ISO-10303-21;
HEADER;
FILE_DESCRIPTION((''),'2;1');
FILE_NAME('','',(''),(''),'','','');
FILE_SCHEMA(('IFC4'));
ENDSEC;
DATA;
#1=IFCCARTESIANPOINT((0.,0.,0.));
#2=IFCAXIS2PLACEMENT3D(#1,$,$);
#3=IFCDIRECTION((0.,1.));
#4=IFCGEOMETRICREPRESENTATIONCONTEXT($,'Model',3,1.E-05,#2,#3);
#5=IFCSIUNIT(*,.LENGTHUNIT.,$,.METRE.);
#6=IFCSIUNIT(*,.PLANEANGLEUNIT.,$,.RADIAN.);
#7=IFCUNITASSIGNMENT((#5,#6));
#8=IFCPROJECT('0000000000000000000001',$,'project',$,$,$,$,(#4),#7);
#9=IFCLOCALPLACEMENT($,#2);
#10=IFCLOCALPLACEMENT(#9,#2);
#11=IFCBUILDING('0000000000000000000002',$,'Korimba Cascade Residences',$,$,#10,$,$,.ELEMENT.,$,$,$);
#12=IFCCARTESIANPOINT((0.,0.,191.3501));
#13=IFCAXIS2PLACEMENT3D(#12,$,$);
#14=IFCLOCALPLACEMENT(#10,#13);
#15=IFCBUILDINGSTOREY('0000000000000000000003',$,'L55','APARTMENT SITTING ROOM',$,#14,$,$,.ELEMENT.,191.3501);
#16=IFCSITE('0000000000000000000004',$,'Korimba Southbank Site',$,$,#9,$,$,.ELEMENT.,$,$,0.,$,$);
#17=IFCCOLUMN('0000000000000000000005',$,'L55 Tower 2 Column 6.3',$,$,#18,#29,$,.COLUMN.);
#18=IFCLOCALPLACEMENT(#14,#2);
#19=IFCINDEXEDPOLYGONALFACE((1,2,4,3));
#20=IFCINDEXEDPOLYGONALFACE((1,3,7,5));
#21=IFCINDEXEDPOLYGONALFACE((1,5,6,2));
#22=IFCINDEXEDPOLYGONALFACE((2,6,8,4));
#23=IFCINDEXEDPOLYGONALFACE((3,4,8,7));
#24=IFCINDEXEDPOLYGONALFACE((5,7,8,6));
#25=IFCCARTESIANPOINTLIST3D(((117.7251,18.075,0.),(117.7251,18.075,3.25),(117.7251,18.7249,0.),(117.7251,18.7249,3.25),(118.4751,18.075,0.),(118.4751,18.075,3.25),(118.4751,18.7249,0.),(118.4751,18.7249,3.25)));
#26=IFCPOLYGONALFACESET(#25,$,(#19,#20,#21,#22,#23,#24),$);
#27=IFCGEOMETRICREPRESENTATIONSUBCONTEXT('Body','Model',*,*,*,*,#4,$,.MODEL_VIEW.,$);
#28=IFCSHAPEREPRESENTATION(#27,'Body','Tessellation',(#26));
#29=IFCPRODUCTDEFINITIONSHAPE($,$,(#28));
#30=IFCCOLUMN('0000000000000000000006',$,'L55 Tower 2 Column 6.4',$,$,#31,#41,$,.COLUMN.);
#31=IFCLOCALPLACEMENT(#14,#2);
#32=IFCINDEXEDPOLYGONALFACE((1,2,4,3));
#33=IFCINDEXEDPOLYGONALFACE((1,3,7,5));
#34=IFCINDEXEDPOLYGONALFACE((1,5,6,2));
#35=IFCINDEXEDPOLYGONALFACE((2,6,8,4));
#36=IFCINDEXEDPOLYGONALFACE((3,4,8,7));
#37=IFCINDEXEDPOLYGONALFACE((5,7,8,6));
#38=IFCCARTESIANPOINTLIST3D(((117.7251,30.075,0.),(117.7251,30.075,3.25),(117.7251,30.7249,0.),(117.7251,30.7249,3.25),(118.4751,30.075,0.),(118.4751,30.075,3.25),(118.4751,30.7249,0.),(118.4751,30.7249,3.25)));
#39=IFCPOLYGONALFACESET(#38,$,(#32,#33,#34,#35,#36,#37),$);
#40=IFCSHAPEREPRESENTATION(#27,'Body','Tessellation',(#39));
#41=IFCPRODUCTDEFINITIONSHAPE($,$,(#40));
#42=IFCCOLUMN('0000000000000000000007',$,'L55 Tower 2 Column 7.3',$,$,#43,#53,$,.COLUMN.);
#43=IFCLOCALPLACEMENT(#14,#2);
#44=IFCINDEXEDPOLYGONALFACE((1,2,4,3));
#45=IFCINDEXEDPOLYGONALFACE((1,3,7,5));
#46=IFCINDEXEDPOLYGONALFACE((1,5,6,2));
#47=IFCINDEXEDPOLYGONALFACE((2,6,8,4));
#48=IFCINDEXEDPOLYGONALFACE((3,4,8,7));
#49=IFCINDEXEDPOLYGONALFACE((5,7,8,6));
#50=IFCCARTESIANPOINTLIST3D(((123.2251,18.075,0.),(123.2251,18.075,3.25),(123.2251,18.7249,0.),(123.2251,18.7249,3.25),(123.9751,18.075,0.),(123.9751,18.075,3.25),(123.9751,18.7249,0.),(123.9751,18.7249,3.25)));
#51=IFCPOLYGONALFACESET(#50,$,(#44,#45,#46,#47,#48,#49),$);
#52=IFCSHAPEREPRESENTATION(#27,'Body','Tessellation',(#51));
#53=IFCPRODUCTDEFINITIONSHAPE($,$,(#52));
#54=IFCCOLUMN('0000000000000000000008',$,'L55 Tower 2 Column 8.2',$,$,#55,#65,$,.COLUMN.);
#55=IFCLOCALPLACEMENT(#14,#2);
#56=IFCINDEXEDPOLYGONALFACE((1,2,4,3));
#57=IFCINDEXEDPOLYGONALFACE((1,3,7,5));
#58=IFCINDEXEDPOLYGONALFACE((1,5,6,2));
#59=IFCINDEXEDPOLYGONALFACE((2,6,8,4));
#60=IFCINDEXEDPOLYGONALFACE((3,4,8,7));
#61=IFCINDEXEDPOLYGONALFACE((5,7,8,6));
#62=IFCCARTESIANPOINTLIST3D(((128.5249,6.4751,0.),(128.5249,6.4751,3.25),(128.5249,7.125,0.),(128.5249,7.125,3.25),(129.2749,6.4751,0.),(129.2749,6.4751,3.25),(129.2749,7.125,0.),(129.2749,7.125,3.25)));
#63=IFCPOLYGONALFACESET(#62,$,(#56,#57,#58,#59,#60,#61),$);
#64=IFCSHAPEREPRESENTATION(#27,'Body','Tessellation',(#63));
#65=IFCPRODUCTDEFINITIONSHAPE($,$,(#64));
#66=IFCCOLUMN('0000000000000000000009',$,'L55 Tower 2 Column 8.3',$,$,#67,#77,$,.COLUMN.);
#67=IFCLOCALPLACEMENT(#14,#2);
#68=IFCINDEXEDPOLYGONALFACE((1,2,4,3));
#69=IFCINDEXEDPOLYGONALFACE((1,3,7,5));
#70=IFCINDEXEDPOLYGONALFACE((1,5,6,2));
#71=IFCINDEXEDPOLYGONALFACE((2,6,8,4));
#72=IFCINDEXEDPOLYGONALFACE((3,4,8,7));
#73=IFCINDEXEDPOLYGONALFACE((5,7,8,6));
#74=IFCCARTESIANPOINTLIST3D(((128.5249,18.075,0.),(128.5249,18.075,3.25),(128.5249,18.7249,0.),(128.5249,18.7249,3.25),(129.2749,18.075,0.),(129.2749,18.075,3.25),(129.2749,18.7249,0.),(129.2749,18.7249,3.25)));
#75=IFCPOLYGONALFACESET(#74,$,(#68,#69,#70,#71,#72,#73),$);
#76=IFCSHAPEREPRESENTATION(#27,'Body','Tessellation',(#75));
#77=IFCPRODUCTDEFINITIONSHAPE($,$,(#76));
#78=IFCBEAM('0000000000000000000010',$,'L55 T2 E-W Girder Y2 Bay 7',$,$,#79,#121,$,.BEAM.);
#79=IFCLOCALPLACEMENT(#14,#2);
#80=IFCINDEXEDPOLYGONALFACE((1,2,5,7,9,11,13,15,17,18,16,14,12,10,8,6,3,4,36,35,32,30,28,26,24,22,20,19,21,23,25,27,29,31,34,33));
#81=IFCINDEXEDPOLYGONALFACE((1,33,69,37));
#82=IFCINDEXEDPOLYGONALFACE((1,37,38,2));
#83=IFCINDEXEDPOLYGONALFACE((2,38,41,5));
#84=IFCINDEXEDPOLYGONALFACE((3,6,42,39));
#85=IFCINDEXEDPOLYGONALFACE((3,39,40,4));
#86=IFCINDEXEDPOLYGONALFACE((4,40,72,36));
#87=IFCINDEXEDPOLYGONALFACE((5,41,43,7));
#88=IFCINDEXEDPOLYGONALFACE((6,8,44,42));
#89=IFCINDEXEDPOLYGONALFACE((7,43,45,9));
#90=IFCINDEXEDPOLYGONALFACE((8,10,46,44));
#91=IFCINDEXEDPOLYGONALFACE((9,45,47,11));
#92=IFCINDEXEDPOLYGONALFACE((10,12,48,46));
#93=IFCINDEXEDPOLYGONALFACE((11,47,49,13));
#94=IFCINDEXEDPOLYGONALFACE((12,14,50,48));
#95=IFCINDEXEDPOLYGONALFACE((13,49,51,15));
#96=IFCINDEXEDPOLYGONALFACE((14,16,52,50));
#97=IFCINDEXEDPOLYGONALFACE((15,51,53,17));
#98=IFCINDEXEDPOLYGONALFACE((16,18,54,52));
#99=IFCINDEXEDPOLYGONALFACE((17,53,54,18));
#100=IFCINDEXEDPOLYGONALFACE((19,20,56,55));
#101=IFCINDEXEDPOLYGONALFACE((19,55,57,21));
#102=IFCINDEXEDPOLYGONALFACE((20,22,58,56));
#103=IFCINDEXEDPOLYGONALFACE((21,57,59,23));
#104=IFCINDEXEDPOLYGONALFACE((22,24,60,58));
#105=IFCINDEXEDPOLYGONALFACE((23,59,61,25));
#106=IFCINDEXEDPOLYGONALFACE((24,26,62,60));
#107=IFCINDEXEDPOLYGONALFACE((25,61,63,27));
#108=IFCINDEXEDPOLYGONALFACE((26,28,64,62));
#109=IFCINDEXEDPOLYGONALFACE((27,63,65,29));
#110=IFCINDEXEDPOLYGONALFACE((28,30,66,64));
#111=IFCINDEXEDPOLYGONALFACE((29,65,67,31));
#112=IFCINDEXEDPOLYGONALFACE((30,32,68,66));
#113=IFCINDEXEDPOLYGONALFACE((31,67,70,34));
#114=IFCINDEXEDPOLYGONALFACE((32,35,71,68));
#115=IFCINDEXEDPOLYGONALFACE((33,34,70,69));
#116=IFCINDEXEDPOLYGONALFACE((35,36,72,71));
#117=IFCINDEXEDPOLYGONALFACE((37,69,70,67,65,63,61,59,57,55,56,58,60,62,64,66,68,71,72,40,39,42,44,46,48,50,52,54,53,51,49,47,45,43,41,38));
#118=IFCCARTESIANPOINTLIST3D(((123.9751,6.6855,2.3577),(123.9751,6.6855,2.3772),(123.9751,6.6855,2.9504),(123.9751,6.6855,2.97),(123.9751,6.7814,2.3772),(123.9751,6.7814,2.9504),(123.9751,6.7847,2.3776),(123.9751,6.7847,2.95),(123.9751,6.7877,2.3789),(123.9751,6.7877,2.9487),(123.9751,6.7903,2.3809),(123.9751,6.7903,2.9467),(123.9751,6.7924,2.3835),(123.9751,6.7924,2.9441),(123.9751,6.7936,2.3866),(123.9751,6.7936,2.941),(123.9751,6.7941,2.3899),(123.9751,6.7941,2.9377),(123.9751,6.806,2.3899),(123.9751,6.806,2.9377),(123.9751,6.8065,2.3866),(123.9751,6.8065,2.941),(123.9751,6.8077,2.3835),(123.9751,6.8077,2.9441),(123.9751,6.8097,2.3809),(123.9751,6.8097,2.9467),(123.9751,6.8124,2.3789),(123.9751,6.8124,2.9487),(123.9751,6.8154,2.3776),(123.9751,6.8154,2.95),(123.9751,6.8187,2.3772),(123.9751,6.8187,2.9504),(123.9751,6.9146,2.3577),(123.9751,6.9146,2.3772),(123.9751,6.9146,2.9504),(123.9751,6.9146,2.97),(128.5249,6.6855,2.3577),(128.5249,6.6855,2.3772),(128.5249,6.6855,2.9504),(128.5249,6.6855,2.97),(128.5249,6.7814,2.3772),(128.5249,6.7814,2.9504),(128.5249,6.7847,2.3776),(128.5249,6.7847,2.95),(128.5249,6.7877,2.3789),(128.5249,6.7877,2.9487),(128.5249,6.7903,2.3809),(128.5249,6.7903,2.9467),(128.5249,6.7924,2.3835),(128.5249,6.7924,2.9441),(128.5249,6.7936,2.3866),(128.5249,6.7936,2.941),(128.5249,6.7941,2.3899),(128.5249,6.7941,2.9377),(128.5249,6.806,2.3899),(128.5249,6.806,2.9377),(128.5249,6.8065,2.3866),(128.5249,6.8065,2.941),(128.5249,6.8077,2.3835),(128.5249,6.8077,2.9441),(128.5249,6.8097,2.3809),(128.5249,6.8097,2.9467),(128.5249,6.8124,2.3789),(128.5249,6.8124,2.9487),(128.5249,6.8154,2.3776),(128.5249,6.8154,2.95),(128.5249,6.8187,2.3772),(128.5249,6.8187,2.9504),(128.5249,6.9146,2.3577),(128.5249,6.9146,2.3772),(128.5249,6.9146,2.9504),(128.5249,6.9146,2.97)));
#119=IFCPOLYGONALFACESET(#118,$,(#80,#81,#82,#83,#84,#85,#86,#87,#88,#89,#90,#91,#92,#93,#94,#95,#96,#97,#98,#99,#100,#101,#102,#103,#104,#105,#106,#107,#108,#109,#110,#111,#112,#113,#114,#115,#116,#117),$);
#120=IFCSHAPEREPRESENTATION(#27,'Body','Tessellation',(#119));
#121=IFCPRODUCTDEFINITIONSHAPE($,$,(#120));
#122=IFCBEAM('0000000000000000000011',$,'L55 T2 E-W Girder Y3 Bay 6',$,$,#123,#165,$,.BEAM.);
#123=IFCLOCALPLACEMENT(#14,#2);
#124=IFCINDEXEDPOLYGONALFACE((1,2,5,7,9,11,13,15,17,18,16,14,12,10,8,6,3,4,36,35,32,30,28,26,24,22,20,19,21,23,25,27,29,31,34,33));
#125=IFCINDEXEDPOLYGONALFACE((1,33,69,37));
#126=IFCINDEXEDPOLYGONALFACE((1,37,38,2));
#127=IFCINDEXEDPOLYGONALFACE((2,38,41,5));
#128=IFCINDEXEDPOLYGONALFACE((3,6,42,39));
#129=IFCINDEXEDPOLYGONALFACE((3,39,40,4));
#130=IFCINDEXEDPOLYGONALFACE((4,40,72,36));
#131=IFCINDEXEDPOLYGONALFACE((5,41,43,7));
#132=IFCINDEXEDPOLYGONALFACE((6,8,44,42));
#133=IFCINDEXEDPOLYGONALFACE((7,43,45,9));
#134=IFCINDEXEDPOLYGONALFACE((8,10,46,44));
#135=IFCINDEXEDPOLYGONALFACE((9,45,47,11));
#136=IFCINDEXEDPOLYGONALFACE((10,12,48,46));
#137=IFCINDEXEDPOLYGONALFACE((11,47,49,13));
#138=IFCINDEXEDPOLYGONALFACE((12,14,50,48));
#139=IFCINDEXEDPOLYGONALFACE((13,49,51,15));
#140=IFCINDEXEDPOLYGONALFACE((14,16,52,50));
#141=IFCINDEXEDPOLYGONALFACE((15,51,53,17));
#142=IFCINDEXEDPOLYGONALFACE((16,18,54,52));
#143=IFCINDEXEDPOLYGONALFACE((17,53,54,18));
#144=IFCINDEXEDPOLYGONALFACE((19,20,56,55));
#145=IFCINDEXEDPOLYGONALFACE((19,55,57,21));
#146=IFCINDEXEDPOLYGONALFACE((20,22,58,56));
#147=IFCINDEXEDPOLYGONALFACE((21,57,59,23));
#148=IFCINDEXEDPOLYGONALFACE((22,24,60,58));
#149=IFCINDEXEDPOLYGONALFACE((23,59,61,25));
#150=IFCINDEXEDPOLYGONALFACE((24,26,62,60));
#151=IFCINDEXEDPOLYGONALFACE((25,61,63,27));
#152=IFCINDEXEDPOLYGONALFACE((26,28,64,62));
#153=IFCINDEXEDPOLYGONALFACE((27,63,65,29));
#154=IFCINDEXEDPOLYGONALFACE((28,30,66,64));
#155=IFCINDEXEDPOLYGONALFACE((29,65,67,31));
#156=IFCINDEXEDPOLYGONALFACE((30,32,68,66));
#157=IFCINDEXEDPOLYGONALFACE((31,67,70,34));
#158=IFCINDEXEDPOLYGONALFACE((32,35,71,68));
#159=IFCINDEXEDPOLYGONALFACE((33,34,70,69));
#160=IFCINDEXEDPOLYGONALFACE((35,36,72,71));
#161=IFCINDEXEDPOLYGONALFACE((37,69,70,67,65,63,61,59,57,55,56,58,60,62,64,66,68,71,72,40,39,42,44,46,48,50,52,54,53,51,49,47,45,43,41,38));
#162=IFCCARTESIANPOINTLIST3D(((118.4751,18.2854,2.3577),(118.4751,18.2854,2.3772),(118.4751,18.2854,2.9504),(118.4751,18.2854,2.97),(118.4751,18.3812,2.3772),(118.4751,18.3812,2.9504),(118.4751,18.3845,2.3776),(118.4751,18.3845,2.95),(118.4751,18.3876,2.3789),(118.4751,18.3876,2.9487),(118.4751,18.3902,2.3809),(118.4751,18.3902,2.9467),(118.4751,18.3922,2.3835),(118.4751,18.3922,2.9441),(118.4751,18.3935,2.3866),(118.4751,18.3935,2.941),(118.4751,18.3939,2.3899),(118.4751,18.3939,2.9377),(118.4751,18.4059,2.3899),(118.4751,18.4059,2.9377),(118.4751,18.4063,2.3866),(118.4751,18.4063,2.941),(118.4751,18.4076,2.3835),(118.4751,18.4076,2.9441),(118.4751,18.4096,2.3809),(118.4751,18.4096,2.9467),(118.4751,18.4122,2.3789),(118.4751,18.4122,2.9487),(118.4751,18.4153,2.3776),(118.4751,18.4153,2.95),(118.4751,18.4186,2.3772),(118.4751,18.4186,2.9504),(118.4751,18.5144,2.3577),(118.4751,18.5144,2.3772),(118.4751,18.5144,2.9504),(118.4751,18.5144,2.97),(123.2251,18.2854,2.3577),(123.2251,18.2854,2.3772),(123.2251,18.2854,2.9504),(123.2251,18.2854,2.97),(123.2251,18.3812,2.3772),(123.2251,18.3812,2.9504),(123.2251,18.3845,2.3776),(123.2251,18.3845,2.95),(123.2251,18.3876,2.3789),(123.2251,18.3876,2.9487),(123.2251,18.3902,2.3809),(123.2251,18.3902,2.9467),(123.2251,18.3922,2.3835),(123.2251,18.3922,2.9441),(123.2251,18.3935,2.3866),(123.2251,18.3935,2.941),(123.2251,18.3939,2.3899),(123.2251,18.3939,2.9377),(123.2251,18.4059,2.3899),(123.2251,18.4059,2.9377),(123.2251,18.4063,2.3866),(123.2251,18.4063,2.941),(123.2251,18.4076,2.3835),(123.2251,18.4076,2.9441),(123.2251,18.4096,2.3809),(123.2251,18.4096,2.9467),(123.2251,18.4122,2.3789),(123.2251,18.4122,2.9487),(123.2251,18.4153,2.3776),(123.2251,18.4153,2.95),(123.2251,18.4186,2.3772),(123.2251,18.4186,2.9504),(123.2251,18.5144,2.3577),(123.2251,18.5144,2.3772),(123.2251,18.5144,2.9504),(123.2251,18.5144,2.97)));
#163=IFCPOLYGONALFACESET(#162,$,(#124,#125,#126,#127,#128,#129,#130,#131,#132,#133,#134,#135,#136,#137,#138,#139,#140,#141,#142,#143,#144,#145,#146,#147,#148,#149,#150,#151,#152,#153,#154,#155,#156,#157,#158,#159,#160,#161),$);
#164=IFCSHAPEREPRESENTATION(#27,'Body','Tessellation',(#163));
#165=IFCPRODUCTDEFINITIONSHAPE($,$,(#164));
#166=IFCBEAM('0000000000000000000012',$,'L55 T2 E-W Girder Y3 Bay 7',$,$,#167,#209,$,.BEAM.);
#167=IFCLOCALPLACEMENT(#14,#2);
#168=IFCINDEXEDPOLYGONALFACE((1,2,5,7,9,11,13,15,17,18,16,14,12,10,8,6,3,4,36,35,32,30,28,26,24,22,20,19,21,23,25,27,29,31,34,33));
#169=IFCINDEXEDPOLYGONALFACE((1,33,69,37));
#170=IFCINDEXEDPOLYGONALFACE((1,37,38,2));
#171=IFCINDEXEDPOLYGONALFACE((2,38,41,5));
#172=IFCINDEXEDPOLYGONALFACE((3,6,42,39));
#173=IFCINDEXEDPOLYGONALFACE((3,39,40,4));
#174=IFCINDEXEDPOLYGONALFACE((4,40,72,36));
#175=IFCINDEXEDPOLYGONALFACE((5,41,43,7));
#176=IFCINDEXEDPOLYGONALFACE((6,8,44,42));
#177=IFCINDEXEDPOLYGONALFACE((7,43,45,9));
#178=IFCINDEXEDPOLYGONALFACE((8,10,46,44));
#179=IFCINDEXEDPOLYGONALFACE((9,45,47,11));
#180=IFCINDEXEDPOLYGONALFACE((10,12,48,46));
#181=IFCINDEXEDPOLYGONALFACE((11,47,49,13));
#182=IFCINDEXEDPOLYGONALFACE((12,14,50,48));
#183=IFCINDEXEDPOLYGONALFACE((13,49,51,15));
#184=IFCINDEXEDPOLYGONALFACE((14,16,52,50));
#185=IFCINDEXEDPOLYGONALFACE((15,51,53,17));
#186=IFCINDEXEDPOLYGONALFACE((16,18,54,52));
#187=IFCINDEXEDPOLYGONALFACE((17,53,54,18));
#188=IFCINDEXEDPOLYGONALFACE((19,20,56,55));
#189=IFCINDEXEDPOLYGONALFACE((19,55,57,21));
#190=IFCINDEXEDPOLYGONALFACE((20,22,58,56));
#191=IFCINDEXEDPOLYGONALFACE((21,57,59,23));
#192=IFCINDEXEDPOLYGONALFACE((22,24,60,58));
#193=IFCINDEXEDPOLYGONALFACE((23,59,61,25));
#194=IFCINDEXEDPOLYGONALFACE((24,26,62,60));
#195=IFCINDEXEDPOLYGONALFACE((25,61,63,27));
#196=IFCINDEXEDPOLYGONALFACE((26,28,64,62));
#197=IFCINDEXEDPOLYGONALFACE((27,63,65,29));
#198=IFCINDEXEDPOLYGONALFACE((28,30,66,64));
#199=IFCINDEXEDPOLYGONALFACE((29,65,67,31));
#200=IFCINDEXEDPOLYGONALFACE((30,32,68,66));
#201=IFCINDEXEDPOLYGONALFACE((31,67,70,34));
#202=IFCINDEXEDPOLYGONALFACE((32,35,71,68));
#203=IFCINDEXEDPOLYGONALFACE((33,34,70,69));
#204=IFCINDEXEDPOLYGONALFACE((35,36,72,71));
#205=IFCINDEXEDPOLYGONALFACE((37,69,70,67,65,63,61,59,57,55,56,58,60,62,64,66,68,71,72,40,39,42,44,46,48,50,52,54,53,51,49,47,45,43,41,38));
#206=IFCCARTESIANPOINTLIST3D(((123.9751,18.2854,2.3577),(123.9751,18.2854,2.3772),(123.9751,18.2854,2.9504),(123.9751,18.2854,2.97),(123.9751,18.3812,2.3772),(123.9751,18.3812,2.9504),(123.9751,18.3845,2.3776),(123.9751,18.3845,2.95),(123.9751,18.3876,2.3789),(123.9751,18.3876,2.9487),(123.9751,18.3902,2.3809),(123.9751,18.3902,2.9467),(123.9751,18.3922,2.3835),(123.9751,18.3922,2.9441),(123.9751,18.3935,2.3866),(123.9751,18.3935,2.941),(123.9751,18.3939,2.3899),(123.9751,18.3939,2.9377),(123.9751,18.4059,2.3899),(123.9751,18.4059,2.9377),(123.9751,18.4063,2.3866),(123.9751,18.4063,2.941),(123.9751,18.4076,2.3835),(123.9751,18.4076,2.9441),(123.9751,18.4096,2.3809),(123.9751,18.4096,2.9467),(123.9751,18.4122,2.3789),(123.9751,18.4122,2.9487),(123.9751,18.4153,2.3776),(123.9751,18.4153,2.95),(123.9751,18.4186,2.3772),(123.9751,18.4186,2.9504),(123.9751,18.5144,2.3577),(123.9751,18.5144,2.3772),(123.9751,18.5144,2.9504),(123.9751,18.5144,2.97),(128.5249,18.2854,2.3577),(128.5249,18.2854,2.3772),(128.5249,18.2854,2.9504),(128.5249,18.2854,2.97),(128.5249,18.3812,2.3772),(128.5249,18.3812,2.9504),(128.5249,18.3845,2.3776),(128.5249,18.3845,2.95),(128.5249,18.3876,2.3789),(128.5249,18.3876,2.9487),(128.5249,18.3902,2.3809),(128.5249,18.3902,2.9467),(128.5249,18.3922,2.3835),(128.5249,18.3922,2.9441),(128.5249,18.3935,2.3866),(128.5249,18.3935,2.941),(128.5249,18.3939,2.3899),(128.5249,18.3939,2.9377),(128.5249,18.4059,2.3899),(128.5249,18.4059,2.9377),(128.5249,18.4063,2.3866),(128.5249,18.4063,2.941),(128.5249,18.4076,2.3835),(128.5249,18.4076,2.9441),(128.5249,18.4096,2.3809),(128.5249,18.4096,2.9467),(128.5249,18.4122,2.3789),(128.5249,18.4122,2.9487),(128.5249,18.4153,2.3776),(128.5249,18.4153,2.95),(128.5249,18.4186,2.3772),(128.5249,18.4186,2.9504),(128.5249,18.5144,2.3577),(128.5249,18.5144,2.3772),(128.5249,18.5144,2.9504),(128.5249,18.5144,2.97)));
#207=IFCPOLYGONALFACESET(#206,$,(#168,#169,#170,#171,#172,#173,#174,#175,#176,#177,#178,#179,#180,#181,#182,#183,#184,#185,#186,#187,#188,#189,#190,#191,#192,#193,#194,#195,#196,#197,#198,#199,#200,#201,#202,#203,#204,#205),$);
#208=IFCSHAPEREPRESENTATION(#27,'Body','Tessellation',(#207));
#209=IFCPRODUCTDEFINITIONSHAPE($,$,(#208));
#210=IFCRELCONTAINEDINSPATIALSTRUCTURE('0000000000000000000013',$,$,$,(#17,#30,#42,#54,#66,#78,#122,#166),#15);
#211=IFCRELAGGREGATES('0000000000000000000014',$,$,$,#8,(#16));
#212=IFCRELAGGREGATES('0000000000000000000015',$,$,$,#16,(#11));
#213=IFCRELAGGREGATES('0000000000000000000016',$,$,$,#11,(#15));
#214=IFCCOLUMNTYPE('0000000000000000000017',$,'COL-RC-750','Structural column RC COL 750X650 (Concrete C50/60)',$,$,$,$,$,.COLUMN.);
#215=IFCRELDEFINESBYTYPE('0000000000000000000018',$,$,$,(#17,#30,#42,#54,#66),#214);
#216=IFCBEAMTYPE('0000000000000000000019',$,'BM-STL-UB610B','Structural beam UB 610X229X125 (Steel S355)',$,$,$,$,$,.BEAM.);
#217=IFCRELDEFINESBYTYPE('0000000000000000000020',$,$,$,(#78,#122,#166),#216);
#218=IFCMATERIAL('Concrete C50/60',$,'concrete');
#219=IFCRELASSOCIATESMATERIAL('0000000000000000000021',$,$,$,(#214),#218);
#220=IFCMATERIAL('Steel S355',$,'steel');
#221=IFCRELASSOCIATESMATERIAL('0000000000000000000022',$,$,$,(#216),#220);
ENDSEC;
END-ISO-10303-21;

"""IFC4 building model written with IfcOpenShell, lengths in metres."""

from ifc_helpers import new_model, si_unit, direction, frame, origin, origin_2d, place, context, subcontext, project, spatial, rectangle, i_section, extrude, material, material_profile, profile_set, type_object, element, save


model = new_model("IFC4")

# Units and contexts
model_context = context("Model", 3, precision=1e-05, world=origin(), true_north=direction((0.0, 1.0)))
body_context = subcontext(model_context, "Body", "Model", "MODEL_VIEW")
ifc_project = project(units=[si_unit("LENGTHUNIT", "METRE"), si_unit("PLANEANGLEUNIT", "RADIAN")], contexts=[model_context])

# Site, building, storey
site_placement = place(None, origin())
site = spatial("IfcSite", under=ifc_project, at=site_placement, Name="Korimba Southbank Site", CompositionType="ELEMENT", RefElevation=0.0)
building_placement = place(site_placement, origin())
building = spatial("IfcBuilding", under=site, at=building_placement, Name="Korimba Cascade Residences", CompositionType="ELEMENT")
storey_placement = place(building_placement, frame((0.0, 0.0, 191.3501)))
storey = spatial("IfcBuildingStorey", under=building, at=storey_placement, Name="L55", Description="APARTMENT SITTING ROOM", CompositionType="ELEMENT", Elevation=191.3501)

# Columns
ifc_material_1 = material(Name="Concrete C50/60", Category="concrete")
ifc_material_profile_1 = material_profile(ifc_material_1, rectangle(XDim=0.75, YDim=0.6499, at=origin_2d()), Name="Concrete C50/60")
ifc_profile_set_1 = profile_set([ifc_material_profile_1], Name="Concrete C50/60")
column_type = type_object("IfcColumnType", Name="COL-RC-750", Description="Structural column RC COL 750X650 (Concrete C50/60)", PredefinedType="COLUMN", material=ifc_profile_set_1)
for number, where, z_axis, x_axis, name in (
    (1, (118.1001, 18.3999, 0.0), (0.0, 0.0, 1.0), (1.0, 0.0, 0.0), "L55 Tower 2 Column 6.3"),
    (2, (118.1001, 30.3999, 0.0), (0.0, 0.0, 1.0), (1.0, 0.0, 0.0), "L55 Tower 2 Column 6.4"),
    (3, (123.6001, 18.3999, 0.0), (0.0, 0.0, 1.0), (1.0, 0.0, 0.0), "L55 Tower 2 Column 7.3"),
    (4, (128.8999, 6.8, 0.0), (0.0, 0.0, 1.0), (1.0, 0.0, 0.0), "L55 Tower 2 Column 8.2"),
    (5, (128.8999, 18.3999, 0.0), (0.0, 0.0, 1.0), (1.0, 0.0, 0.0), "L55 Tower 2 Column 8.3"),
):
    element("IfcColumn", number, at=place(storey_placement, frame(where, z_axis=z_axis, x_axis=x_axis)), inside=storey, type_object=column_type, Name=name, PredefinedType="COLUMN", context=body_context, shape_type="SweptSolid", body=[
        extrude(rectangle(XDim=0.75, YDim=0.6499, at=origin_2d()), origin(), (0.0, 0.0, 1.0), 3.25),
    ])

# Beams
ifc_material_2 = material(Name="Steel S355", Category="steel")
ifc_material_profile_2 = material_profile(ifc_material_2, i_section(OverallWidth=0.229, OverallDepth=0.6123, WebThickness=0.012, FlangeThickness=0.0195, FilletRadius=0.0127, at=origin_2d()), Name="Steel S355")
ifc_profile_set_2 = profile_set([ifc_material_profile_2], Name="Steel S355")
beam_type_1 = type_object("IfcBeamType", Name="BM-STL-UB610B", Description="Structural beam UB 610X229X125 (Steel S355)", PredefinedType="BEAM", material=ifc_profile_set_2)
beam_1_placement = place(storey_placement, frame((123.9751, 6.8, 2.6638), z_axis=(1.0, 0.0, 0.0), x_axis=(0.0, 1.0, 0.0)))
element("IfcBeam", 6, at=beam_1_placement, inside=storey, type_object=beam_type_1, Name="L55 T2 E-W Girder Y2 Bay 7", PredefinedType="BEAM", context=body_context, shape_type="SweptSolid", body=[
    extrude(i_section(OverallWidth=0.229, OverallDepth=0.6123, WebThickness=0.012, FlangeThickness=0.0195, FilletRadius=0.0127, at=origin_2d()), origin(), (0.0, 0.0, 1.0), 4.5498),
])
beam_2_placement = place(storey_placement, frame((118.4751, 18.3999, 2.6638), z_axis=(1.0, 0.0, 0.0), x_axis=(0.0, 1.0, 0.0)))
element("IfcBeam", 7, at=beam_2_placement, inside=storey, type_object=beam_type_1, Name="L55 T2 E-W Girder Y3 Bay 6", PredefinedType="BEAM", context=body_context, shape_type="SweptSolid", body=[
    extrude(i_section(OverallWidth=0.229, OverallDepth=0.6123, WebThickness=0.012, FlangeThickness=0.0195, FilletRadius=0.0127, at=origin_2d()), origin(), (0.0, 0.0, 1.0), 4.75),
])
beam_3_placement = place(storey_placement, frame((123.9751, 18.3999, 2.6638), z_axis=(1.0, 0.0, 0.0), x_axis=(0.0, 1.0, 0.0)))
element("IfcBeam", 8, at=beam_3_placement, inside=storey, type_object=beam_type_1, Name="L55 T2 E-W Girder Y3 Bay 7", PredefinedType="BEAM", context=body_context, shape_type="SweptSolid", body=[
    extrude(i_section(OverallWidth=0.229, OverallDepth=0.6123, WebThickness=0.012, FlangeThickness=0.0195, FilletRadius=0.0127, at=origin_2d()), origin(), (0.0, 0.0, 1.0), 4.5498),
])

save(model, "model.ifc")
